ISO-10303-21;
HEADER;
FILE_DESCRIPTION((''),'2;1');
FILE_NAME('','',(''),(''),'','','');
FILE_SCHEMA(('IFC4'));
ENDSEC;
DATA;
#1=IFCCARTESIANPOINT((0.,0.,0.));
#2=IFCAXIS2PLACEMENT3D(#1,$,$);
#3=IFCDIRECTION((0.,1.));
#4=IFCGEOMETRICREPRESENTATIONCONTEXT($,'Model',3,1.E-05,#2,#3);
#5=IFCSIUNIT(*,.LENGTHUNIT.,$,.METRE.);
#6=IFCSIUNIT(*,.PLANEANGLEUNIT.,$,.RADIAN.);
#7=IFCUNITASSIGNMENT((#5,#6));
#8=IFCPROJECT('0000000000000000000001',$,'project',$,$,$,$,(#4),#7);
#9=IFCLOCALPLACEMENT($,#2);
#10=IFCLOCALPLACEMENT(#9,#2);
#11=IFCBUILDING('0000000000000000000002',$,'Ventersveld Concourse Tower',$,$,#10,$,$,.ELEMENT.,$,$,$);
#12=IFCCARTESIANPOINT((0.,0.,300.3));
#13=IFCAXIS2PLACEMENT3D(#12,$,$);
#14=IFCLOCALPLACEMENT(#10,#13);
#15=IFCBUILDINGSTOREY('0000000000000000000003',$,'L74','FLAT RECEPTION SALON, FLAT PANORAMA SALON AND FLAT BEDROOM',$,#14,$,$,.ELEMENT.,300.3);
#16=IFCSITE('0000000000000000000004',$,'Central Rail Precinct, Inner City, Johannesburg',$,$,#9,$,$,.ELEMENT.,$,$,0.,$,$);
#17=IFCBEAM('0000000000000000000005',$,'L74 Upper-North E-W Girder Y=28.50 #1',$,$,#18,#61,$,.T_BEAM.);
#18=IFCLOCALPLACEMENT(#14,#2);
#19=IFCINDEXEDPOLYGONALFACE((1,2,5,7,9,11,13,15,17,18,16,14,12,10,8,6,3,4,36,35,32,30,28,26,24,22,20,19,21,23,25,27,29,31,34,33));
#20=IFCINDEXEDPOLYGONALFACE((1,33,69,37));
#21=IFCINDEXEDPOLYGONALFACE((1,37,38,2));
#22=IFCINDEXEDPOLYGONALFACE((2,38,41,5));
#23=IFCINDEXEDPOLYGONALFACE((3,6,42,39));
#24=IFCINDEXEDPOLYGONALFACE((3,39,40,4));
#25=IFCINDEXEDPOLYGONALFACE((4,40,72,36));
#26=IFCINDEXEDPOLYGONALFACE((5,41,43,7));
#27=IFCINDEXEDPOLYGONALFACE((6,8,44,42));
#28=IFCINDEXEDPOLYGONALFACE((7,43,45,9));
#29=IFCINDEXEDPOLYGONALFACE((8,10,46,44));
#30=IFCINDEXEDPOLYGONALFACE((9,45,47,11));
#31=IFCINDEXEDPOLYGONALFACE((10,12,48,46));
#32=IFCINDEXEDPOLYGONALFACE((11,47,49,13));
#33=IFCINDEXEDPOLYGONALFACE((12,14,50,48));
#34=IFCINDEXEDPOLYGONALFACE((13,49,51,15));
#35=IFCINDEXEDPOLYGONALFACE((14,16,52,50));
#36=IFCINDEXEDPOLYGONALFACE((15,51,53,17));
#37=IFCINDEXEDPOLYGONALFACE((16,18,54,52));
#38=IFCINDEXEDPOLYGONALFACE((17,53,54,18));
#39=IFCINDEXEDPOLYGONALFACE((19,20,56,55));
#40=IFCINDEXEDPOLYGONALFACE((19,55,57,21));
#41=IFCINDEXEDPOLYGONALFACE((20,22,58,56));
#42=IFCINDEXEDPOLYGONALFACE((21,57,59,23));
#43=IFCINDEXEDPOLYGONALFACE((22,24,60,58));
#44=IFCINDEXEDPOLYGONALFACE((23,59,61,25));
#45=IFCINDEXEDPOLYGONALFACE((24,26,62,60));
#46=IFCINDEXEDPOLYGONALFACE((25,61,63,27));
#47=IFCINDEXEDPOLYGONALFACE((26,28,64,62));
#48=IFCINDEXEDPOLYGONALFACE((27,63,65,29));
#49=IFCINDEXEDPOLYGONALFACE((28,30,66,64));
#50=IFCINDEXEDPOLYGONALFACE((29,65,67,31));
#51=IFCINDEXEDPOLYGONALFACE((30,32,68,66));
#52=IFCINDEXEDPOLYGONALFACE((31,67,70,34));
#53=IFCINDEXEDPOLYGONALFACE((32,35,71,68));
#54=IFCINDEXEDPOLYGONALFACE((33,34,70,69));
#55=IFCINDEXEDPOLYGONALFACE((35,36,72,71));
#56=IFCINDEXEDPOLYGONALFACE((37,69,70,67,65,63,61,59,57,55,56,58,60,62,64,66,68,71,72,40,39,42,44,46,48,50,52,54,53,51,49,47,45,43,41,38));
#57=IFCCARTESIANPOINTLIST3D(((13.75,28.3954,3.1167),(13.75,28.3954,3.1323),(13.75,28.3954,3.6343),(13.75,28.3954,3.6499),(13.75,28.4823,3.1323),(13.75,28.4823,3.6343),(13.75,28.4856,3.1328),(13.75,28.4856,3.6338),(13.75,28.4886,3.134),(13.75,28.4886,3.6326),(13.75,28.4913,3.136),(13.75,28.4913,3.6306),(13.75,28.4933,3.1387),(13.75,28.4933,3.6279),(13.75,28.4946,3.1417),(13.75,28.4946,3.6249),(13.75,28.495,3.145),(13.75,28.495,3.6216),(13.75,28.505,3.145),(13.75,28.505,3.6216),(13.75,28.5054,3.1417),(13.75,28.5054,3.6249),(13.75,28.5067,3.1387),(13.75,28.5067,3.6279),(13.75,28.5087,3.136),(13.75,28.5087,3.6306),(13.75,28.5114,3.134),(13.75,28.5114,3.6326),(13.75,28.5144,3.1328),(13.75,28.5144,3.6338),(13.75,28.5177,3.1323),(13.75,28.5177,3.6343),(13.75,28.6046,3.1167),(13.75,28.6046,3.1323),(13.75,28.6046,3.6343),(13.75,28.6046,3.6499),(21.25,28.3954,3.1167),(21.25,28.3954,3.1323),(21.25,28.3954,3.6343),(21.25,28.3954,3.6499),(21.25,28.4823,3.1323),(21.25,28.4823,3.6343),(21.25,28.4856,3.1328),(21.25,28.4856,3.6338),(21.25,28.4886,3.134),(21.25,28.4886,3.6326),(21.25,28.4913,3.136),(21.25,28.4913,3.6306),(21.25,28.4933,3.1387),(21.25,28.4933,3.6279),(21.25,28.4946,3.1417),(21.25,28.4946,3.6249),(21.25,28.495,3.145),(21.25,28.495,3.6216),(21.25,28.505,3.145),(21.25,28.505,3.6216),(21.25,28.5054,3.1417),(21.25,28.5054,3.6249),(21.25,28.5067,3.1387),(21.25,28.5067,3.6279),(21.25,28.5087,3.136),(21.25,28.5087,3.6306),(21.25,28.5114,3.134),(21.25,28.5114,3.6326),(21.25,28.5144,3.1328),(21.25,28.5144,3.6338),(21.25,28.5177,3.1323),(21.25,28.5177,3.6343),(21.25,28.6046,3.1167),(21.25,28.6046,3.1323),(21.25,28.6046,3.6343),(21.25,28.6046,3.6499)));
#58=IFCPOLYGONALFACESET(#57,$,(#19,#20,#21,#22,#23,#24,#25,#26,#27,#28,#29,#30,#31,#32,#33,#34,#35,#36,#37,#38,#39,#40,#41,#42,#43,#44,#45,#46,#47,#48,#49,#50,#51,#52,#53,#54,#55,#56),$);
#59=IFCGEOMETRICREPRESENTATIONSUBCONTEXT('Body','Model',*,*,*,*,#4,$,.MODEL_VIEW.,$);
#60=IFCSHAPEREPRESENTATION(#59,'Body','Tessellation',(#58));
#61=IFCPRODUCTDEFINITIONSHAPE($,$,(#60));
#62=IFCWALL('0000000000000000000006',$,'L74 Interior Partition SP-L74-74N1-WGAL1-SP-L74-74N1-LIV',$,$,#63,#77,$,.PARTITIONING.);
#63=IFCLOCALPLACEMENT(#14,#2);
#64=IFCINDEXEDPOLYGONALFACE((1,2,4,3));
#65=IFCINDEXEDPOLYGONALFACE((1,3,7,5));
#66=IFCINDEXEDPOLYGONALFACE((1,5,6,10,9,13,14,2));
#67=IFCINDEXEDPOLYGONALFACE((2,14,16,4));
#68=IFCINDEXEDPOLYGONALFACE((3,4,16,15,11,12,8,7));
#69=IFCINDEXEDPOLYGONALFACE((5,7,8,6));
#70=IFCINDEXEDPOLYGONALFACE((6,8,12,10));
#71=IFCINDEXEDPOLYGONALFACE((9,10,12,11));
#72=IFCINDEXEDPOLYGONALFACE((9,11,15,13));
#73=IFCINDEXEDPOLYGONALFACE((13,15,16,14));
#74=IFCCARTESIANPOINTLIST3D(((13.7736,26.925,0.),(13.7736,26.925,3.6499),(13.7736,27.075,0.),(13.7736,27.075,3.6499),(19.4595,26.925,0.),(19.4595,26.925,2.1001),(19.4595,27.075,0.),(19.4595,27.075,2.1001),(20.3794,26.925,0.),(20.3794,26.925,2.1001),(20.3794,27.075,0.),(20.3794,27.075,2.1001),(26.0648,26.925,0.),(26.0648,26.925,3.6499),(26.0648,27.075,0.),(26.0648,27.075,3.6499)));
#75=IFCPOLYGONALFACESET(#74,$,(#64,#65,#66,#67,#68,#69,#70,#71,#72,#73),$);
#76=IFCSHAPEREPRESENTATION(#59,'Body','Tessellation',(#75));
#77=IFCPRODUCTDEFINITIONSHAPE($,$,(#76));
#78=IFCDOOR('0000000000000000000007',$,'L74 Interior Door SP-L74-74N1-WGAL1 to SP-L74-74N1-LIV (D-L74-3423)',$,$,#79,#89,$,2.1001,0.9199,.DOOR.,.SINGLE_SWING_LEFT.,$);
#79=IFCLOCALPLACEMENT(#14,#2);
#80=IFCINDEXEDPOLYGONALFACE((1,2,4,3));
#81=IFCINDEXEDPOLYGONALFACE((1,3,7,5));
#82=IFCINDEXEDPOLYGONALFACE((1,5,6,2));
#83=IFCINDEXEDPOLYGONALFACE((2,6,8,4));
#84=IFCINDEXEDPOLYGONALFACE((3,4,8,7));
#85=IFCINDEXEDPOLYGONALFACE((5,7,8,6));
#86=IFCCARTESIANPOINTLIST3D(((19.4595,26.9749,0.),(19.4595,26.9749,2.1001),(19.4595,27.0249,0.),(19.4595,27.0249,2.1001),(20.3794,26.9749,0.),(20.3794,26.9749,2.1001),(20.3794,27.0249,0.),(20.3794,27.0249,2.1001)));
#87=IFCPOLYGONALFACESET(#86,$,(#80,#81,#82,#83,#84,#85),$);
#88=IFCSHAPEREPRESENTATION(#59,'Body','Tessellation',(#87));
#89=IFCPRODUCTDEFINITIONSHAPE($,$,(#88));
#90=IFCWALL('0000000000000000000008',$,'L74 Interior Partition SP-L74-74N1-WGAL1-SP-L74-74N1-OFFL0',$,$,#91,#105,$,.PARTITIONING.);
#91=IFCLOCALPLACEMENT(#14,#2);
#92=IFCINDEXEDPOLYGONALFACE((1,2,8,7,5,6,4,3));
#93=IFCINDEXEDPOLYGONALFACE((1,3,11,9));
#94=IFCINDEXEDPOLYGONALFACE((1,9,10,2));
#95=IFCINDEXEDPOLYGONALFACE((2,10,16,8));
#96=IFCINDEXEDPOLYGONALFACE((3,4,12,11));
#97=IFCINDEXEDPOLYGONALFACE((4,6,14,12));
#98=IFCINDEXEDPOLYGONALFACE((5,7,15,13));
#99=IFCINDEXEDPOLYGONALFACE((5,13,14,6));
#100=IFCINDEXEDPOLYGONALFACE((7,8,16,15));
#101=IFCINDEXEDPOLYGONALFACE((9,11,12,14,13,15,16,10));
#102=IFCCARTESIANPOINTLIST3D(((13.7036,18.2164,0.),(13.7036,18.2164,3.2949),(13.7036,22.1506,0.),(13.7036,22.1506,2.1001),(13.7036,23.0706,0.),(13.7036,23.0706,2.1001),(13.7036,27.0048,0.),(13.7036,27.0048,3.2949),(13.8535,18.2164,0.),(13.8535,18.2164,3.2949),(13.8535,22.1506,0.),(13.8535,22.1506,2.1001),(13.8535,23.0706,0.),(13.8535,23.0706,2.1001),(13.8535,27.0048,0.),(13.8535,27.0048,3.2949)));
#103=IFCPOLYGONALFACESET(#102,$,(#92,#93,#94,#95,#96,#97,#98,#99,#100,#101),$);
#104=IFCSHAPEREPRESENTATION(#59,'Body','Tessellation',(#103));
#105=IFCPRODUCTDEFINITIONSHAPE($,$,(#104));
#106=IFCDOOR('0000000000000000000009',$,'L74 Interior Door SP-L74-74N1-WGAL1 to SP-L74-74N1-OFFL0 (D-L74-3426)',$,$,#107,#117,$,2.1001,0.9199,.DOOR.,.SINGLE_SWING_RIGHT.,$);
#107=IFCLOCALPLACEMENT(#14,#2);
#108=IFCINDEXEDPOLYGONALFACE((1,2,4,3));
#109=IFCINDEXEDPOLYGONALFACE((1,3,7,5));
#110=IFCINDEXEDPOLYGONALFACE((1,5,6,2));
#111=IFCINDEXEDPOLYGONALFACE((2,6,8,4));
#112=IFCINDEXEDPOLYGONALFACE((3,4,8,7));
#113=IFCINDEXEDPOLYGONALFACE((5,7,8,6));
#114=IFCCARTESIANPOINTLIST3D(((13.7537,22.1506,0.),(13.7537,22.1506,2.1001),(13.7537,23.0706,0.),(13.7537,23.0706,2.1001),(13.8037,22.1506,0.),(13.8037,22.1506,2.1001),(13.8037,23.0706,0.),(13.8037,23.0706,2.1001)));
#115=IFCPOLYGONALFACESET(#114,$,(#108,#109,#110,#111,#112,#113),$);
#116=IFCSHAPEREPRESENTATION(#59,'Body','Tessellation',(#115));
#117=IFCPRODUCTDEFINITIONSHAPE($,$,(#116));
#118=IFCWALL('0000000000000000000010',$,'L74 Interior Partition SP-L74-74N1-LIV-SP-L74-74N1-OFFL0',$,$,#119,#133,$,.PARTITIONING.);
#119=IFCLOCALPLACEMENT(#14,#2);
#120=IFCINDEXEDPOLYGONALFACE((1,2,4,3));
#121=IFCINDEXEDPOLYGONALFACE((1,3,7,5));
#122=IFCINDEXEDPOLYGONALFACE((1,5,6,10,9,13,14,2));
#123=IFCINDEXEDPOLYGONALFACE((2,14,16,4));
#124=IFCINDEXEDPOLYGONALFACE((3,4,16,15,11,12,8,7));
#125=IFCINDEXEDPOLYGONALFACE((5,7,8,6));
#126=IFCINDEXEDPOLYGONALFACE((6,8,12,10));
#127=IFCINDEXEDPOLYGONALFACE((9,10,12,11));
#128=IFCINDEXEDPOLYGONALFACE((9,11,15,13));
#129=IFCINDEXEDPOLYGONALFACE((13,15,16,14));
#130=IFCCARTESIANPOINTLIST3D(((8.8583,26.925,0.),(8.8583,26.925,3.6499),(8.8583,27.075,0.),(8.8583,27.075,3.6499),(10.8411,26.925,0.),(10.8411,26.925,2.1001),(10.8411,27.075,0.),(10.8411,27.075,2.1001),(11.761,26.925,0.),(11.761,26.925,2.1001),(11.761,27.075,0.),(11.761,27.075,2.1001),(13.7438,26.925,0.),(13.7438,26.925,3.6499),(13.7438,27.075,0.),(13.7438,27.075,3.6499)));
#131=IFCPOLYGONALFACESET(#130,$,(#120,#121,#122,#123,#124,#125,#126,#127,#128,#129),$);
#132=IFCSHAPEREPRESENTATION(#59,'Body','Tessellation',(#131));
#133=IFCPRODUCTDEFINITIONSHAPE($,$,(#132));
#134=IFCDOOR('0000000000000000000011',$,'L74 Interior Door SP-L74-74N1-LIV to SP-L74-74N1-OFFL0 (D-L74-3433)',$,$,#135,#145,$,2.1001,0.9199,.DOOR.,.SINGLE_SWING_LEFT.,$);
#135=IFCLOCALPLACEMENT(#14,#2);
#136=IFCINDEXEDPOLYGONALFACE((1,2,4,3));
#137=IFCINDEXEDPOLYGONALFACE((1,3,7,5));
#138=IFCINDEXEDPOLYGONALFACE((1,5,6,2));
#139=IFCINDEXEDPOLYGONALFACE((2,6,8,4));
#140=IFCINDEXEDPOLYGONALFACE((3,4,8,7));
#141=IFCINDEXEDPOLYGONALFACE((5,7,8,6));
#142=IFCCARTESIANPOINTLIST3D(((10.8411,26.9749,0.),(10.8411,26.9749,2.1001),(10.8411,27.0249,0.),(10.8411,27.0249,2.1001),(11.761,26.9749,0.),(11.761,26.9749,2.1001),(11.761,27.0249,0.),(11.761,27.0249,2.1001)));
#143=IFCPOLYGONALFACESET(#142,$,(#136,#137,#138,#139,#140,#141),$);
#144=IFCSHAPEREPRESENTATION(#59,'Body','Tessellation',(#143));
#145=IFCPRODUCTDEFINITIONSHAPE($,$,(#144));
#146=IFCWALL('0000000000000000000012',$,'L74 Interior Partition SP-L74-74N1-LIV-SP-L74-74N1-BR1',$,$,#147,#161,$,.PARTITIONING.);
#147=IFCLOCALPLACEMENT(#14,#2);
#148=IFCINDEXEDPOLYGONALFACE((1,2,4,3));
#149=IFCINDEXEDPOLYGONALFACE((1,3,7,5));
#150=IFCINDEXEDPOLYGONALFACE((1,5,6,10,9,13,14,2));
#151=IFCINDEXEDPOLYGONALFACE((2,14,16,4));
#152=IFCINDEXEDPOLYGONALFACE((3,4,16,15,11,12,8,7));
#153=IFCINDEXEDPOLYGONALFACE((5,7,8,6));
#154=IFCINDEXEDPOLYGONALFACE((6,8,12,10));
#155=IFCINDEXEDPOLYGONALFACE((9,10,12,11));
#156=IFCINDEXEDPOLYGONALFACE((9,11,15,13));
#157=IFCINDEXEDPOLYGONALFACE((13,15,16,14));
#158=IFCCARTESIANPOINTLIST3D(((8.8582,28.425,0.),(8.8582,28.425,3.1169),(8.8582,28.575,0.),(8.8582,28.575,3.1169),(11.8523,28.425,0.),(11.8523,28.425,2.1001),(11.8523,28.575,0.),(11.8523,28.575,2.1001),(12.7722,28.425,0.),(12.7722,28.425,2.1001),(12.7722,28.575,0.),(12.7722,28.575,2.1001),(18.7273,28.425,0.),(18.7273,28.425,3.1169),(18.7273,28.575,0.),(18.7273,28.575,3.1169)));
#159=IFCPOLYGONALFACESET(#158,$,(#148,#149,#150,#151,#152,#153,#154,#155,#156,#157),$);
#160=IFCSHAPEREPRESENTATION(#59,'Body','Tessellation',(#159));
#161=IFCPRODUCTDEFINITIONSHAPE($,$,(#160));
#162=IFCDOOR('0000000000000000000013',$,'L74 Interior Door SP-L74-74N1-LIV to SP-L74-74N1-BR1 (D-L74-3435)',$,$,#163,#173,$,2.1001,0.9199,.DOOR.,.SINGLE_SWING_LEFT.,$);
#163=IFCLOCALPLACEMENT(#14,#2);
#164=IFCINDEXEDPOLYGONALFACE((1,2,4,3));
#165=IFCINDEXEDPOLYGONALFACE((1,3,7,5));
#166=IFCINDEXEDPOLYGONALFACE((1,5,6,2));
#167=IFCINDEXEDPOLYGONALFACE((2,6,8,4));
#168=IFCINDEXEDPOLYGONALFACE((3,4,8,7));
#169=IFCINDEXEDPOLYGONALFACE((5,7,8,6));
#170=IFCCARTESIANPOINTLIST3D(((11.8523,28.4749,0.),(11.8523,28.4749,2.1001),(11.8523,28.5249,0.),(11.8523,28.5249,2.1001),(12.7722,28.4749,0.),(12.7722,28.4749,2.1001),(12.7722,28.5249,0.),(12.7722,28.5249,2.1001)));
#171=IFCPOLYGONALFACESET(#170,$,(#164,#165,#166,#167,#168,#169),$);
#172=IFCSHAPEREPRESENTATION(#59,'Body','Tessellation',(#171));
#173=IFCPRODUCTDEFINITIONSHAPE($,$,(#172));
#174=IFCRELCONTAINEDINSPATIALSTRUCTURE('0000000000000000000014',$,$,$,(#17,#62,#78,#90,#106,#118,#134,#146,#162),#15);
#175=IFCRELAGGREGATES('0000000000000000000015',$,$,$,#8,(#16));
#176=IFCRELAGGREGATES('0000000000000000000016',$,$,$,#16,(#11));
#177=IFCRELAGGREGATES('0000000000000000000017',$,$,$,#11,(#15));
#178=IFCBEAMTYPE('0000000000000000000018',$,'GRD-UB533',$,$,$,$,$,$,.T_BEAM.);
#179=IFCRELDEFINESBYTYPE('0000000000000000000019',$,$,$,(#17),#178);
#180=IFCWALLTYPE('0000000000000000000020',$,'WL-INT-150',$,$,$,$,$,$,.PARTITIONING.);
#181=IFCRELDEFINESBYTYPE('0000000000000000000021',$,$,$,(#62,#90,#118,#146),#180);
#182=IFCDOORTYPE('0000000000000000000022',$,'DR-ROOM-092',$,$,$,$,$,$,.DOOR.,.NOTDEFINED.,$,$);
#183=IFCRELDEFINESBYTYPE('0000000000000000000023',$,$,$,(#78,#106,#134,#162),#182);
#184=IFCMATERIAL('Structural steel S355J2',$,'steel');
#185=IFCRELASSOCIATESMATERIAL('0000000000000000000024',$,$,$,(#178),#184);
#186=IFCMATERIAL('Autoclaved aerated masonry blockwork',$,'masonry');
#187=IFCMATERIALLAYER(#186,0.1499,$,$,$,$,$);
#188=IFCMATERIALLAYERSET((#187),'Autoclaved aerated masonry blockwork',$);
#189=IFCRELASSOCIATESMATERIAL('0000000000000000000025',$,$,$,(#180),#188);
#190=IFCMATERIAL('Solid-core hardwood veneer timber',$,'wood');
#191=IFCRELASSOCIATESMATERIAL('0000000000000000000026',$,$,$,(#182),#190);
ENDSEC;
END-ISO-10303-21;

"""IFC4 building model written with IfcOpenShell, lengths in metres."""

from ifc_helpers import new_model, si_unit, direction, frame, frame_2d, origin, origin_2d, place, context, subcontext, project, spatial, rectangle, i_section, extrude, material, layer, layer_set, material_profile, profile_set, type_object, element, fill, save


model = new_model("IFC4")

# Units and contexts
model_context = context("Model", 3, precision=1e-05, world=origin(), true_north=direction((0.0, 1.0)))
body_context = subcontext(model_context, "Body", "Model", "MODEL_VIEW")
ifc_project = project(units=[si_unit("LENGTHUNIT", "METRE"), si_unit("PLANEANGLEUNIT", "RADIAN")], contexts=[model_context])

# Site, building, storey
site_placement = place(None, origin())
site = spatial("IfcSite", under=ifc_project, at=site_placement, Name="Central Rail Precinct, Inner City, Johannesburg", CompositionType="ELEMENT", RefElevation=0.0)
building_placement = place(site_placement, origin())
building = spatial("IfcBuilding", under=site, at=building_placement, Name="Ventersveld Concourse Tower", CompositionType="ELEMENT")
storey_placement = place(building_placement, frame((0.0, 0.0, 300.3)))
storey = spatial("IfcBuildingStorey", under=building, at=storey_placement, Name="L74", Description="FLAT RECEPTION SALON, FLAT PANORAMA SALON AND FLAT BEDROOM", CompositionType="ELEMENT", Elevation=300.3)

# Beam
ifc_material_1 = material(Name="Structural steel S355J2", Category="steel")
ifc_material_profile_1 = material_profile(ifc_material_1, i_section(OverallWidth=0.2092, OverallDepth=0.5332, WebThickness=0.01, FlangeThickness=0.0156, FilletRadius=0.0127, at=origin_2d()), Name="UB 533x210x92")
ifc_profile_set_1 = profile_set([ifc_material_profile_1], Name="Structural steel S355J2")
beam_type_1 = type_object("IfcBeamType", Name="GRD-UB533", PredefinedType="T_BEAM", material=ifc_profile_set_1)
for number, where, z_axis, x_axis, name in (
    (1, (13.75, 28.5, 3.3833), (1.0, 0.0, 0.0), (0.0, 1.0, 0.0), "L74 Upper-North E-W Girder Y=28.50 #1"),
):
    element("IfcBeam", number, at=place(storey_placement, frame(where, z_axis=z_axis, x_axis=x_axis)), inside=storey, type_object=beam_type_1, Name=name, PredefinedType="T_BEAM", context=body_context, shape_type="SweptSolid", body=[
        extrude(i_section(OverallWidth=0.2092, OverallDepth=0.5332, WebThickness=0.01, FlangeThickness=0.0156, FilletRadius=0.0127, at=origin_2d()), origin(), (0.0, 0.0, 1.0), 7.5),
    ])

# Walls, openings, doors
ifc_material_2 = material(Name="Autoclaved aerated masonry blockwork", Category="masonry")
ifc_layer_1 = layer(ifc_material_2, 0.1499)
ifc_layer_set_1 = layer_set([ifc_layer_1], Name="Autoclaved aerated masonry blockwork")
wall_type_1 = type_object("IfcWallType", Name="WL-INT-150", PredefinedType="PARTITIONING", material=ifc_layer_set_1)
wall_1_placement = place(storey_placement, frame((13.7737, 27.0, 0.0), z_axis=(0.0, 0.0, 1.0), x_axis=(1.0, 0.0, 0.0)))
wall_1 = element("IfcWall", 2, at=wall_1_placement, inside=storey, type_object=wall_type_1, Name="L74 Interior Partition SP-L74-74N1-WGAL1-SP-L74-74N1-LIV", PredefinedType="PARTITIONING", context=body_context, shape_type="SweptSolid", body=[
    extrude(rectangle(XDim=12.2913, YDim=0.1499, at=frame_2d((6.1455, 0.0))), origin(), (0.0, 0.0, 1.0), 3.6499),
])
opening_1_placement = place(wall_1_placement, frame((5.6858, 0.0, 0.0)))
opening_1 = element("IfcOpeningElement", 3, at=opening_1_placement, cuts=wall_1, PredefinedType="OPENING", context=body_context, shape_type="SweptSolid", body=[
    extrude(rectangle(XDim=0.9199, YDim=2.1001, at=frame_2d((0.46, 1.05))), frame((0.0, 0.085, 0.0), z_axis=(0.0, -1.0, 0.0), x_axis=(1.0, 0.0, 0.0)), (0.0, 0.0, 1.0), 0.1699),
])
ifc_material_3 = material(Name="Solid-core hardwood veneer timber", Category="wood")
door_type = type_object("IfcDoorType", Name="DR-ROOM-092", OperationType="NOTDEFINED", PredefinedType="DOOR", material=ifc_material_3)
door_1_placement = place(opening_1_placement, origin())
door_1 = element("IfcDoor", 4, at=door_1_placement, inside=storey, type_object=door_type, Name="L74 Interior Door SP-L74-74N1-WGAL1 to SP-L74-74N1-LIV (D-L74-3423)", OperationType="SINGLE_SWING_LEFT", OverallHeight=2.1001, OverallWidth=0.9199, PredefinedType="DOOR", context=body_context, shape_type="SweptSolid", body=[
    extrude(rectangle(XDim=0.9199, YDim=2.1001, at=frame_2d((0.46, 1.05))), frame((0.0, 0.0249, 0.0), z_axis=(0.0, -1.0, 0.0), x_axis=(1.0, 0.0, 0.0)), (0.0, 0.0, 1.0), 0.05),
])
fill(opening_1, door_1)
wall_2_placement = place(storey_placement, frame((13.7786, 18.2166, 0.0), z_axis=(0.0, 0.0, 1.0), x_axis=(0.0, 1.0, 0.0)))
wall_2 = element("IfcWall", 5, at=wall_2_placement, inside=storey, type_object=wall_type_1, Name="L74 Interior Partition SP-L74-74N1-WGAL1-SP-L74-74N1-OFFL0", PredefinedType="PARTITIONING", context=body_context, shape_type="SweptSolid", body=[
    extrude(rectangle(XDim=8.7883, YDim=0.1499, at=frame_2d((4.394, 0.0))), origin(), (0.0, 0.0, 1.0), 3.2949),
])
opening_2_placement = place(wall_2_placement, frame((3.9341, 0.0, 0.0)))
opening_2 = element("IfcOpeningElement", 6, at=opening_2_placement, cuts=wall_2, PredefinedType="OPENING", context=body_context, shape_type="SweptSolid", body=[
    extrude(rectangle(XDim=0.9199, YDim=2.1001, at=frame_2d((0.46, 1.05))), frame((0.0, 0.085, 0.0), z_axis=(0.0, -1.0, 0.0), x_axis=(1.0, 0.0, 0.0)), (0.0, 0.0, 1.0), 0.1699),
])
door_2_placement = place(opening_2_placement, origin())
door_2 = element("IfcDoor", 7, at=door_2_placement, inside=storey, type_object=door_type, Name="L74 Interior Door SP-L74-74N1-WGAL1 to SP-L74-74N1-OFFL0 (D-L74-3426)", OperationType="SINGLE_SWING_RIGHT", OverallHeight=2.1001, OverallWidth=0.9199, PredefinedType="DOOR", context=body_context, shape_type="SweptSolid", body=[
    extrude(rectangle(XDim=0.9199, YDim=2.1001, at=frame_2d((0.46, 1.05))), frame((0.0, 0.0249, 0.0), z_axis=(0.0, -1.0, 0.0), x_axis=(1.0, 0.0, 0.0)), (0.0, 0.0, 1.0), 0.05),
])
fill(opening_2, door_2)
wall_3_placement = place(storey_placement, frame((8.8582, 27.0, 0.0), z_axis=(0.0, 0.0, 1.0), x_axis=(1.0, 0.0, 0.0)))
wall_3 = element("IfcWall", 8, at=wall_3_placement, inside=storey, type_object=wall_type_1, Name="L74 Interior Partition SP-L74-74N1-LIV-SP-L74-74N1-OFFL0", PredefinedType="PARTITIONING", context=body_context, shape_type="SweptSolid", body=[
    extrude(rectangle(XDim=4.8855, YDim=0.1499, at=frame_2d((2.4429, 0.0))), origin(), (0.0, 0.0, 1.0), 3.6499),
])
opening_3_placement = place(wall_3_placement, frame((1.9829, 0.0, 0.0)))
opening_3 = element("IfcOpeningElement", 9, at=opening_3_placement, cuts=wall_3, PredefinedType="OPENING", context=body_context, shape_type="SweptSolid", body=[
    extrude(rectangle(XDim=0.9199, YDim=2.1001, at=frame_2d((0.46, 1.05))), frame((0.0, 0.085, 0.0), z_axis=(0.0, -1.0, 0.0), x_axis=(1.0, 0.0, 0.0)), (0.0, 0.0, 1.0), 0.1699),
])
door_3_placement = place(opening_3_placement, origin())
door_3 = element("IfcDoor", 10, at=door_3_placement, inside=storey, type_object=door_type, Name="L74 Interior Door SP-L74-74N1-LIV to SP-L74-74N1-OFFL0 (D-L74-3433)", OperationType="SINGLE_SWING_LEFT", OverallHeight=2.1001, OverallWidth=0.9199, PredefinedType="DOOR", context=body_context, shape_type="SweptSolid", body=[
    extrude(rectangle(XDim=0.9199, YDim=2.1001, at=frame_2d((0.46, 1.05))), frame((0.0, 0.0249, 0.0), z_axis=(0.0, -1.0, 0.0), x_axis=(1.0, 0.0, 0.0)), (0.0, 0.0, 1.0), 0.05),
])
fill(opening_3, door_3)
wall_4_placement = place(storey_placement, frame((8.8582, 28.5, 0.0), z_axis=(0.0, 0.0, 1.0), x_axis=(1.0, 0.0, 0.0)))
wall_4 = element("IfcWall", 11, at=wall_4_placement, inside=storey, type_object=wall_type_1, Name="L74 Interior Partition SP-L74-74N1-LIV-SP-L74-74N1-BR1", PredefinedType="PARTITIONING", context=body_context, shape_type="SweptSolid", body=[
    extrude(rectangle(XDim=9.8691, YDim=0.1499, at=frame_2d((4.9346, 0.0))), origin(), (0.0, 0.0, 1.0), 3.1169),
])
opening_4_placement = place(wall_4_placement, frame((2.9941, 0.0, 0.0)))
opening_4 = element("IfcOpeningElement", 12, at=opening_4_placement, cuts=wall_4, PredefinedType="OPENING", context=body_context, shape_type="SweptSolid", body=[
    extrude(rectangle(XDim=0.9199, YDim=2.1001, at=frame_2d((0.46, 1.05))), frame((0.0, 0.085, 0.0), z_axis=(0.0, -1.0, 0.0), x_axis=(1.0, 0.0, 0.0)), (0.0, 0.0, 1.0), 0.1699),
])
door_4_placement = place(opening_4_placement, origin())
door_4 = element("IfcDoor", 13, at=door_4_placement, inside=storey, type_object=door_type, Name="L74 Interior Door SP-L74-74N1-LIV to SP-L74-74N1-BR1 (D-L74-3435)", OperationType="SINGLE_SWING_LEFT", OverallHeight=2.1001, OverallWidth=0.9199, PredefinedType="DOOR", context=body_context, shape_type="SweptSolid", body=[
    extrude(rectangle(XDim=0.9199, YDim=2.1001, at=frame_2d((0.46, 1.05))), frame((0.0, 0.0249, 0.0), z_axis=(0.0, -1.0, 0.0), x_axis=(1.0, 0.0, 0.0)), (0.0, 0.0, 1.0), 0.05),
])
fill(opening_4, door_4)

save(model, "model.ifc")
